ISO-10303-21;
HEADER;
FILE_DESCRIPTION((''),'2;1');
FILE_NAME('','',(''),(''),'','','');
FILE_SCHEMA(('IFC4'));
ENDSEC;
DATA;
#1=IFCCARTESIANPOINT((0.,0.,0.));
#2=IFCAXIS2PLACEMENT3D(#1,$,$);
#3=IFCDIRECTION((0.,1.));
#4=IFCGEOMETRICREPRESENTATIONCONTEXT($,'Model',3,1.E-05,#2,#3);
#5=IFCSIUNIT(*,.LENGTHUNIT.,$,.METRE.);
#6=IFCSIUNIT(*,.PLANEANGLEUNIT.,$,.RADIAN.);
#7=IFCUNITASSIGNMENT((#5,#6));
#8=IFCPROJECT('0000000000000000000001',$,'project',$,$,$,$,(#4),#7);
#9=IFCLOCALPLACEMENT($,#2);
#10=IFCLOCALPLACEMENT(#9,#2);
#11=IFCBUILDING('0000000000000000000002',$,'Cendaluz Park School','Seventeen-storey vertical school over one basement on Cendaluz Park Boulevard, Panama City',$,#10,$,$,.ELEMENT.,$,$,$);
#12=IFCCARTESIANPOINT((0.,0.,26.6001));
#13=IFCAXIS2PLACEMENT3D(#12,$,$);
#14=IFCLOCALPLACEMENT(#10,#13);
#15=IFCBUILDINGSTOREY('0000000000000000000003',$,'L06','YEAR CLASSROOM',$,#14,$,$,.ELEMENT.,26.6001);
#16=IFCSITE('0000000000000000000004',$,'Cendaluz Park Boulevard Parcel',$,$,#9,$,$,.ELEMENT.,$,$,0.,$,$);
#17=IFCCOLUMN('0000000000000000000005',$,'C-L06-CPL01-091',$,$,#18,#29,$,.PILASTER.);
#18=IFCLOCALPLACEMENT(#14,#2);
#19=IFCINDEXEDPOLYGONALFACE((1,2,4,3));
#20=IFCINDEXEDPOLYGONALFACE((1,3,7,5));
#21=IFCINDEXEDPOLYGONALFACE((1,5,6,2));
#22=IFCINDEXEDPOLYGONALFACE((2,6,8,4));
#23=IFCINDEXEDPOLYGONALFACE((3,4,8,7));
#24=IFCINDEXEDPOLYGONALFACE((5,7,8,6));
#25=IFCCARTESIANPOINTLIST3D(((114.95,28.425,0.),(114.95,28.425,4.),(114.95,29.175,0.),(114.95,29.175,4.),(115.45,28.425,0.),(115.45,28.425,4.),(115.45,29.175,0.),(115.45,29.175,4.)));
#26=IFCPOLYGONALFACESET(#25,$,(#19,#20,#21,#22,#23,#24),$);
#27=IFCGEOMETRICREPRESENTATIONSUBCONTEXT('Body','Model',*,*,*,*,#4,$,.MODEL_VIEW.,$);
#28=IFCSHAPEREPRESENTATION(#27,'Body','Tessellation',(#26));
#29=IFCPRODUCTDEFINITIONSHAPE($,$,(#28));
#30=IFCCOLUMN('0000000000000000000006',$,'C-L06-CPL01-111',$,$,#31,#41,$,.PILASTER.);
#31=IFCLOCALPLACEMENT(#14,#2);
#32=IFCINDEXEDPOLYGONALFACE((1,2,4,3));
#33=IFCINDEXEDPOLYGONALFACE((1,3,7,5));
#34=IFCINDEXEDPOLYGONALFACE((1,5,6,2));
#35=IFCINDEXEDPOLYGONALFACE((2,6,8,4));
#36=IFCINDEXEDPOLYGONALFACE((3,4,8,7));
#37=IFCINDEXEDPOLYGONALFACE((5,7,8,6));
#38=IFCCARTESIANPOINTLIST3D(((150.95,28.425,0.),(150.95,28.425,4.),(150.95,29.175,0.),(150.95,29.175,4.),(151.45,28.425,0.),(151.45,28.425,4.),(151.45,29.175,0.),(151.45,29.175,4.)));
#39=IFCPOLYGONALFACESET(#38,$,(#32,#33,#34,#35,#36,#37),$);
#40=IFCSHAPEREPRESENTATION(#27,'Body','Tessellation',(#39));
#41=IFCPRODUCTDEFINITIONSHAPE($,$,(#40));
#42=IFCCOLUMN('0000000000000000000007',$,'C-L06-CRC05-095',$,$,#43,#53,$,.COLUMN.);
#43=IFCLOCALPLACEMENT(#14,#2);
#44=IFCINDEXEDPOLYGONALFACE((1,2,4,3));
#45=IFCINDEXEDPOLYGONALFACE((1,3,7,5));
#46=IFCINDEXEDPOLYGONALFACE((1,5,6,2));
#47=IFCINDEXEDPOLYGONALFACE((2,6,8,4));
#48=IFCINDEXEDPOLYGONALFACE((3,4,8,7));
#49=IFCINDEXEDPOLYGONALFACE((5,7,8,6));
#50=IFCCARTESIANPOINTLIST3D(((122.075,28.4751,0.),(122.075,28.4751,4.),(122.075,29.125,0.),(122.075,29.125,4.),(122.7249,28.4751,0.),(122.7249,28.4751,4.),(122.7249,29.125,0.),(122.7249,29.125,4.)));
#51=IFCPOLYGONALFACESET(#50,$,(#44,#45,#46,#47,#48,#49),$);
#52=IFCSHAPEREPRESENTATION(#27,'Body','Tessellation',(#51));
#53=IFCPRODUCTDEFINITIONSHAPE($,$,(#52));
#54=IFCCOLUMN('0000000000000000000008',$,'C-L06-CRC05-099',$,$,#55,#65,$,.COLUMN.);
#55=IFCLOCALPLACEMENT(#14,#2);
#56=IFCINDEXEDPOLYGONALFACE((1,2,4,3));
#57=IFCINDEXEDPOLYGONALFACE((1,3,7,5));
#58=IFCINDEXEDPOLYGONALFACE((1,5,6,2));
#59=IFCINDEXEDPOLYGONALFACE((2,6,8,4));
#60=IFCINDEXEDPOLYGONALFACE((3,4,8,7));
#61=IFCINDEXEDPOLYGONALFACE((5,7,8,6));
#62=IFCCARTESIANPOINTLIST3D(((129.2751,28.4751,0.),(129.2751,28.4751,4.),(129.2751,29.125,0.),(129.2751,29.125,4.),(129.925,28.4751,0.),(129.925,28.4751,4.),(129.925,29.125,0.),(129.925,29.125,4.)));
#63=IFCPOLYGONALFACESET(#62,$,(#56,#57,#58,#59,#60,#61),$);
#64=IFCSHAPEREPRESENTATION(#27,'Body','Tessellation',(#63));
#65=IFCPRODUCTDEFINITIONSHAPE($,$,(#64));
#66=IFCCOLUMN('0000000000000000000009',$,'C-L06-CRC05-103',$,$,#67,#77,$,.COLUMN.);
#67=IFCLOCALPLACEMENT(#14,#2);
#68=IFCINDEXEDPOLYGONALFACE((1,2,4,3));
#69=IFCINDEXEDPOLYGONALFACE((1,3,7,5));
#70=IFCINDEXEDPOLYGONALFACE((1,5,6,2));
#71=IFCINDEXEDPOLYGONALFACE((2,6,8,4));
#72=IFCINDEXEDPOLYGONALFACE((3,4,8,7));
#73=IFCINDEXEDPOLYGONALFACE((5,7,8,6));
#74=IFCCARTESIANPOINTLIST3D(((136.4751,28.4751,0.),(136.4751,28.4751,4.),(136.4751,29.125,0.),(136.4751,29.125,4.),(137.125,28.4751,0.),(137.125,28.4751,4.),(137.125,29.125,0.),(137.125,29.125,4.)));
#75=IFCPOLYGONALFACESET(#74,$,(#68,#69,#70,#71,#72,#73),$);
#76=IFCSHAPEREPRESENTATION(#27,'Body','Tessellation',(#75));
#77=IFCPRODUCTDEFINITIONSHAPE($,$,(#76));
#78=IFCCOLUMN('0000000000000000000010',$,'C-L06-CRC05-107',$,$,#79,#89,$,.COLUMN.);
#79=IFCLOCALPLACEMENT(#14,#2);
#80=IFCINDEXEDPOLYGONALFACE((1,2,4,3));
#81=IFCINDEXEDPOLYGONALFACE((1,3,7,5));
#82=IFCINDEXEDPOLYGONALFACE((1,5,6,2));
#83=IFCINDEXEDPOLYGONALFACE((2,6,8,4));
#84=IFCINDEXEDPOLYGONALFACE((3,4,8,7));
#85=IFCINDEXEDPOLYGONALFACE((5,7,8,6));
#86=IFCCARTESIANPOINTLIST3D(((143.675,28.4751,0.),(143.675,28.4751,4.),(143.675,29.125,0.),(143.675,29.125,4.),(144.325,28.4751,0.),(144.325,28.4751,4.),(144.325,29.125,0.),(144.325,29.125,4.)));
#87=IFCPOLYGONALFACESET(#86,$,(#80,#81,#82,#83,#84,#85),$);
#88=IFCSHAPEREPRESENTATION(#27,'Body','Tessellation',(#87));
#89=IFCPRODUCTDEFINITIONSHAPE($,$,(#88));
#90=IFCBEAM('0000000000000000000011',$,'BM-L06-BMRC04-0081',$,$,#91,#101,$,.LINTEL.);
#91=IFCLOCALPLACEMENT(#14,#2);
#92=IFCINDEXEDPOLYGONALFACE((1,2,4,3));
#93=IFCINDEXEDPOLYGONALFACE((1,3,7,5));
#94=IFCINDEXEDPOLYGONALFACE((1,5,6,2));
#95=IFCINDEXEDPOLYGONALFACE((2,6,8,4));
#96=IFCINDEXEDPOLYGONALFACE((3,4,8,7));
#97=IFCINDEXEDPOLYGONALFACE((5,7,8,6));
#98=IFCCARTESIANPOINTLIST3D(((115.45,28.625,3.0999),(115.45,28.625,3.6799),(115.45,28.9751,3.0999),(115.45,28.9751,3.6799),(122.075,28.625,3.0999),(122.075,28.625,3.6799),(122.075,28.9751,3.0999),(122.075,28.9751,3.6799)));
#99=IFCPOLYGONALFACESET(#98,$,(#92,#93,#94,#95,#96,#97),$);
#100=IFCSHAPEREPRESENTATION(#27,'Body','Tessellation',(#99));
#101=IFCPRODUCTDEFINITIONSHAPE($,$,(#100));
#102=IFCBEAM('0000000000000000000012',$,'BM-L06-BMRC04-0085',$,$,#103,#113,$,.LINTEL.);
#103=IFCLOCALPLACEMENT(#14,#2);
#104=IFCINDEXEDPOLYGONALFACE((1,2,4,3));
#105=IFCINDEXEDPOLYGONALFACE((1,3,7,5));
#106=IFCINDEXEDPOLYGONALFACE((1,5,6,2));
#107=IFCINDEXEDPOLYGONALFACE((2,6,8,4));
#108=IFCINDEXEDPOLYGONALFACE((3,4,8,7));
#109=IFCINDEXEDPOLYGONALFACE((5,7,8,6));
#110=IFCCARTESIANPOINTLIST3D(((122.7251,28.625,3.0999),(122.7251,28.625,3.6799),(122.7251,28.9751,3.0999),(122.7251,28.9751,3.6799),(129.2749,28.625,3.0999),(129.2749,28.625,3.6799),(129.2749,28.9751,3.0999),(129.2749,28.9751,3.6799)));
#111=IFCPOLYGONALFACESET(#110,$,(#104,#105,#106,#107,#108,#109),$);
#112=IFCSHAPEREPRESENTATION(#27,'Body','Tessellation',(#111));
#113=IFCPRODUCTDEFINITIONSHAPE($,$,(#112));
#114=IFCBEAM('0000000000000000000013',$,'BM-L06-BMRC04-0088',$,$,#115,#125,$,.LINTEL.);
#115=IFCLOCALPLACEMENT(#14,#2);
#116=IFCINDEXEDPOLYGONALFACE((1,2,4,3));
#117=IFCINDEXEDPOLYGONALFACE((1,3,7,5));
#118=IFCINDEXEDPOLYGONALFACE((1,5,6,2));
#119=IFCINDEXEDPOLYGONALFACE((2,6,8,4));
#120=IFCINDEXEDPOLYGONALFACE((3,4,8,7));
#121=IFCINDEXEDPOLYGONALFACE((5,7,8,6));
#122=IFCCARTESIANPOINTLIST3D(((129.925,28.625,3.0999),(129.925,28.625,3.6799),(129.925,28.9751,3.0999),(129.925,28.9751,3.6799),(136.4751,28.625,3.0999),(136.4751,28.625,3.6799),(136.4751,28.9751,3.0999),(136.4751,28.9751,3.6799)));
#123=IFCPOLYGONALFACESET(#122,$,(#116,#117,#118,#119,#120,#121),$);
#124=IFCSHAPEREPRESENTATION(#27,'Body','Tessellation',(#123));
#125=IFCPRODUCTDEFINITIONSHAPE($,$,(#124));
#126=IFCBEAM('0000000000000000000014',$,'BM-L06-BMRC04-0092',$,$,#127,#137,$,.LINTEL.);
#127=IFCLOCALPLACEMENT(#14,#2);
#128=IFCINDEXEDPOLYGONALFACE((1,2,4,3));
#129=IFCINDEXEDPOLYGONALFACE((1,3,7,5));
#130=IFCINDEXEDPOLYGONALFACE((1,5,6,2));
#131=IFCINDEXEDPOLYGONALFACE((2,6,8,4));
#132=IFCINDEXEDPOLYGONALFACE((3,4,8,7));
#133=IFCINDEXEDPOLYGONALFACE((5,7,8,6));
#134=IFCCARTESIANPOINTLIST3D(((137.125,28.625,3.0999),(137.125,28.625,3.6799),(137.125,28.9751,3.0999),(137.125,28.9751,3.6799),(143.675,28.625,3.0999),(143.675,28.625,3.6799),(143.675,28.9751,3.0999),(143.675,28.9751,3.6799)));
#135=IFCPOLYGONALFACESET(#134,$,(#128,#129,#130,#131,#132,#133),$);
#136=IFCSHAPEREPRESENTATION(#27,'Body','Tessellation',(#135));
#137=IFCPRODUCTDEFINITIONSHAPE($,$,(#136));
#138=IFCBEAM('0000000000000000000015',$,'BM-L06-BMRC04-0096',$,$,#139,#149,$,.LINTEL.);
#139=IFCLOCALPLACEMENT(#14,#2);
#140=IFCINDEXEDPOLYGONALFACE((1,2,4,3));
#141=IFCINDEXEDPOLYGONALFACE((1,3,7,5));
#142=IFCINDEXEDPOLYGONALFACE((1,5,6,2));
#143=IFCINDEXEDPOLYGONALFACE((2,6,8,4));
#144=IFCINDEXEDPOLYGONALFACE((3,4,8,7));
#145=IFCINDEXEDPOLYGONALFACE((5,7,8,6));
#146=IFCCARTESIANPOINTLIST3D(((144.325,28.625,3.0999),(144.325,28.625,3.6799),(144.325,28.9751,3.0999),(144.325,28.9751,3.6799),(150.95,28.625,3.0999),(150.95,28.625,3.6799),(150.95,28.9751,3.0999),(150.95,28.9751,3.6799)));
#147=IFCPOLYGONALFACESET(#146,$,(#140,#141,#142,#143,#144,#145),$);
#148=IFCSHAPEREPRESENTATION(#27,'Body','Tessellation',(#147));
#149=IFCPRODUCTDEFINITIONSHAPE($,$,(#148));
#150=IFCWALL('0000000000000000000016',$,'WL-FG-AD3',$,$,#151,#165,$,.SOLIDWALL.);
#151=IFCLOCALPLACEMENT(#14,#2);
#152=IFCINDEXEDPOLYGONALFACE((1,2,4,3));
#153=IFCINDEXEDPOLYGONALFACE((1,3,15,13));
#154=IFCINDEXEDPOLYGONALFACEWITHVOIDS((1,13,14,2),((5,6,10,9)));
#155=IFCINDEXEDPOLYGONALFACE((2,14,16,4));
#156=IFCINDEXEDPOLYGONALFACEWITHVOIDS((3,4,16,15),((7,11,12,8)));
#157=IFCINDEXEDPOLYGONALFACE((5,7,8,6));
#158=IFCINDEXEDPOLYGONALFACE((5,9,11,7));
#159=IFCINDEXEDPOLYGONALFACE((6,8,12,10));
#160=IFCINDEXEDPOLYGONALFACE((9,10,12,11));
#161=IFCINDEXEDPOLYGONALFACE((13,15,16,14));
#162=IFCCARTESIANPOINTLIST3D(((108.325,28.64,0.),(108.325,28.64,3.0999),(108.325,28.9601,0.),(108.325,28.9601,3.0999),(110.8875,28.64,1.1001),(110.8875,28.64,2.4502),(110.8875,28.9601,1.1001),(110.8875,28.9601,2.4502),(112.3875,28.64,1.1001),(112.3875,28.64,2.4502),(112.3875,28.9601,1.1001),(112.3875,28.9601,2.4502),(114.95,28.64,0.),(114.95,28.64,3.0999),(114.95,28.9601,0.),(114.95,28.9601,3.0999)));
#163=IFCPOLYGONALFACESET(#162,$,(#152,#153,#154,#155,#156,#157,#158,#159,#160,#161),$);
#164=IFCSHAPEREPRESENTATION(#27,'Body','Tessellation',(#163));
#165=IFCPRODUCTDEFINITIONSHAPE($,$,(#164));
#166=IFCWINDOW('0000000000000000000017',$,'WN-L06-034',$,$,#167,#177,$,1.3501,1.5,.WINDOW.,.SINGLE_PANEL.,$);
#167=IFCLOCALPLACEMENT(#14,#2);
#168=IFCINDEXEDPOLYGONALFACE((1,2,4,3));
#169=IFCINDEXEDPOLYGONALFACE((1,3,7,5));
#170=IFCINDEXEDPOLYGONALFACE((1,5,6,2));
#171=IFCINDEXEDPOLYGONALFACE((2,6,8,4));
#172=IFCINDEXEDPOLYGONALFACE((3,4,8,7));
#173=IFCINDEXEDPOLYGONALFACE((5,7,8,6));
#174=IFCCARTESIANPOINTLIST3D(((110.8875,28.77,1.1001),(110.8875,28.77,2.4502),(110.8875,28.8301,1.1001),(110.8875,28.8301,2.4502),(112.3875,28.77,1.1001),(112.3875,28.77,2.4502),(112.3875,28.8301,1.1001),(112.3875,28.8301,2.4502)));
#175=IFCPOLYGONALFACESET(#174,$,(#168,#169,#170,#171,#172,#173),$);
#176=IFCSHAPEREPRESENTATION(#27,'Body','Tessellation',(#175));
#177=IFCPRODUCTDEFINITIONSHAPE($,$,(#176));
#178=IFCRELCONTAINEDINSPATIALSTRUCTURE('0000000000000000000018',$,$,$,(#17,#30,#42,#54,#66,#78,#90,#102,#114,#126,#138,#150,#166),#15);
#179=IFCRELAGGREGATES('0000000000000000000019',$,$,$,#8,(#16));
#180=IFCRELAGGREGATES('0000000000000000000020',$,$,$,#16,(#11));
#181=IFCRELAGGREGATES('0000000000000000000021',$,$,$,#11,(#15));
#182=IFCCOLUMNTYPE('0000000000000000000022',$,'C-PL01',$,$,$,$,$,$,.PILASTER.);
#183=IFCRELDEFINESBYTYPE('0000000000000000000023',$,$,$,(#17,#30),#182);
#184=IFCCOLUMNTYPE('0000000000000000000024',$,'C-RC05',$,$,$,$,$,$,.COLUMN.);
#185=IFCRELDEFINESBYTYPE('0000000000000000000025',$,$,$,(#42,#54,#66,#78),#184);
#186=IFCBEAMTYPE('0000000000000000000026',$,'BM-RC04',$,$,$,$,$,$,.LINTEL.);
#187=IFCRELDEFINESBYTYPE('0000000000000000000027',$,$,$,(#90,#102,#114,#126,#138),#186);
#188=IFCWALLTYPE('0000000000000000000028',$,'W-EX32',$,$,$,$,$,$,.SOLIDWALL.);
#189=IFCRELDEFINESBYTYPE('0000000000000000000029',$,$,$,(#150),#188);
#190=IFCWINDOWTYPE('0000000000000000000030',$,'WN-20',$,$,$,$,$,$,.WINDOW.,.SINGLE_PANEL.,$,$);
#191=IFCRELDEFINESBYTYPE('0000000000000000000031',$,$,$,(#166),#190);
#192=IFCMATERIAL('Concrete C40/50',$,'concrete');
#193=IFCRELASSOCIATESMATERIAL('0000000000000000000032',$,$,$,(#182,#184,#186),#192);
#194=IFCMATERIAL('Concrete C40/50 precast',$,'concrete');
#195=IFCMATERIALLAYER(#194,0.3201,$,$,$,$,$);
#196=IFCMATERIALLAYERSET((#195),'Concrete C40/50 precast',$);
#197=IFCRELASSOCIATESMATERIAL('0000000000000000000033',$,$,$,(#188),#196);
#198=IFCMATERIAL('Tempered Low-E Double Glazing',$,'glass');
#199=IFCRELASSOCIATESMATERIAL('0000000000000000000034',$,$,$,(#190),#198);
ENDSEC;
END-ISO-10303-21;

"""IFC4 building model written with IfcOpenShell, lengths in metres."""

from ifc_helpers import new_model, si_unit, direction, frame, frame_2d, origin, origin_2d, place, context, subcontext, project, spatial, rectangle, extrude, material, layer, layer_set, material_profile, profile_set, type_object, element, fill, save


model = new_model("IFC4")

# Units and contexts
model_context = context("Model", 3, precision=1e-05, world=origin(), true_north=direction((0.0, 1.0)))
body_context = subcontext(model_context, "Body", "Model", "MODEL_VIEW")
ifc_project = project(units=[si_unit("LENGTHUNIT", "METRE"), si_unit("PLANEANGLEUNIT", "RADIAN")], contexts=[model_context])

# Site, building, storey
site_placement = place(None, origin())
site = spatial("IfcSite", under=ifc_project, at=site_placement, Name="Cendaluz Park Boulevard Parcel", CompositionType="ELEMENT", RefElevation=0.0)
building_placement = place(site_placement, origin())
building = spatial("IfcBuilding", under=site, at=building_placement, Name="Cendaluz Park School", Description="Seventeen-storey vertical school over one basement on Cendaluz Park Boulevard, Panama City", CompositionType="ELEMENT")
storey_placement = place(building_placement, frame((0.0, 0.0, 26.6001)))
storey = spatial("IfcBuildingStorey", under=building, at=storey_placement, Name="L06", Description="YEAR CLASSROOM", CompositionType="ELEMENT", Elevation=26.6001)

# Columns
ifc_material_1 = material(Name="Concrete C40/50", Category="concrete")
ifc_material_profile_1 = material_profile(ifc_material_1, rectangle(XDim=0.5, YDim=0.75, at=origin_2d()), Name="RC 500x750", Category="concrete")
ifc_profile_set_1 = profile_set([ifc_material_profile_1], Name="Concrete C40/50")
column_type_1 = type_object("IfcColumnType", Name="C-PL01", PredefinedType="PILASTER", material=ifc_profile_set_1)
for number, where, z_axis, x_axis, name in (
    (1, (115.2, 28.8, 0.0), (0.0, 0.0, 1.0), (1.0, 0.0, 0.0), "C-L06-CPL01-091"),
    (2, (151.2, 28.8, 0.0), (0.0, 0.0, 1.0), (1.0, 0.0, 0.0), "C-L06-CPL01-111"),
):
    element("IfcColumn", number, at=place(storey_placement, frame(where, z_axis=z_axis, x_axis=x_axis)), inside=storey, type_object=column_type_1, Name=name, PredefinedType="PILASTER", context=body_context, shape_type="SweptSolid", body=[
        extrude(rectangle(XDim=0.5, YDim=0.75, at=origin_2d()), origin(), (0.0, 0.0, 1.0), 4.0),
    ])
ifc_material_profile_2 = material_profile(ifc_material_1, rectangle(XDim=0.6499, YDim=0.6499, at=origin_2d()), Name="RC 650x650", Category="concrete")
ifc_profile_set_2 = profile_set([ifc_material_profile_2], Name="Concrete C40/50")
column_type_2 = type_object("IfcColumnType", Name="C-RC05", PredefinedType="COLUMN", material=ifc_profile_set_2)
for number, where, z_axis, x_axis, name in (
    (3, (122.3999, 28.8, 0.0), (0.0, 0.0, 1.0), (1.0, 0.0, 0.0), "C-L06-CRC05-095"),
    (4, (129.6001, 28.8, 0.0), (0.0, 0.0, 1.0), (1.0, 0.0, 0.0), "C-L06-CRC05-099"),
    (5, (136.8, 28.8, 0.0), (0.0, 0.0, 1.0), (1.0, 0.0, 0.0), "C-L06-CRC05-103"),
    (6, (144.0, 28.8, 0.0), (0.0, 0.0, 1.0), (1.0, 0.0, 0.0), "C-L06-CRC05-107"),
):
    element("IfcColumn", number, at=place(storey_placement, frame(where, z_axis=z_axis, x_axis=x_axis)), inside=storey, type_object=column_type_2, Name=name, PredefinedType="COLUMN", context=body_context, shape_type="SweptSolid", body=[
        extrude(rectangle(XDim=0.6499, YDim=0.6499, at=origin_2d()), origin(), (0.0, 0.0, 1.0), 4.0),
    ])

# Beams
ifc_material_profile_3 = material_profile(ifc_material_1, rectangle(XDim=0.3501, YDim=0.5801, at=origin_2d()), Name="RC 350x580", Category="concrete")
ifc_profile_set_3 = profile_set([ifc_material_profile_3], Name="Concrete C40/50")
beam_type = type_object("IfcBeamType", Name="BM-RC04", PredefinedType="LINTEL", material=ifc_profile_set_3)
beam_1_placement = place(storey_placement, frame((115.45, 28.8, 3.3899), z_axis=(1.0, 0.0, 0.0), x_axis=(0.0, 1.0, 0.0)))
element("IfcBeam", 7, at=beam_1_placement, inside=storey, type_object=beam_type, Name="BM-L06-BMRC04-0081", PredefinedType="LINTEL", context=body_context, shape_type="SweptSolid", body=[
    extrude(rectangle(XDim=0.3501, YDim=0.5801, at=origin_2d()), origin(), (0.0, 0.0, 1.0), 6.625),
])
beam_2_placement = place(storey_placement, frame((122.7251, 28.8, 3.3899), z_axis=(1.0, 0.0, 0.0), x_axis=(0.0, 1.0, 0.0)))
element("IfcBeam", 8, at=beam_2_placement, inside=storey, type_object=beam_type, Name="BM-L06-BMRC04-0085", PredefinedType="LINTEL", context=body_context, shape_type="SweptSolid", body=[
    extrude(rectangle(XDim=0.3501, YDim=0.5801, at=origin_2d()), origin(), (0.0, 0.0, 1.0), 6.5498),
])
for number, where, z_axis, x_axis, name in (
    (9, (129.925, 28.8, 3.3899), (1.0, 0.0, 0.0), (0.0, 1.0, 0.0), "BM-L06-BMRC04-0088"),
    (10, (137.125, 28.8, 3.3899), (1.0, 0.0, 0.0), (0.0, 1.0, 0.0), "BM-L06-BMRC04-0092"),
):
    element("IfcBeam", number, at=place(storey_placement, frame(where, z_axis=z_axis, x_axis=x_axis)), inside=storey, type_object=beam_type, Name=name, PredefinedType="LINTEL", context=body_context, shape_type="SweptSolid", body=[
        extrude(rectangle(XDim=0.3501, YDim=0.5801, at=origin_2d()), origin(), (0.0, 0.0, 1.0), 6.55),
    ])
beam_3_placement = place(storey_placement, frame((144.325, 28.8, 3.3899), z_axis=(1.0, 0.0, 0.0), x_axis=(0.0, 1.0, 0.0)))
element("IfcBeam", 11, at=beam_3_placement, inside=storey, type_object=beam_type, Name="BM-L06-BMRC04-0096", PredefinedType="LINTEL", context=body_context, shape_type="SweptSolid", body=[
    extrude(rectangle(XDim=0.3501, YDim=0.5801, at=origin_2d()), origin(), (0.0, 0.0, 1.0), 6.625),
])

# Wall, opening, window
ifc_material_2 = material(Name="Concrete C40/50 precast", Category="concrete")
ifc_layer_1 = layer(ifc_material_2, 0.3201)
ifc_layer_set_1 = layer_set([ifc_layer_1], Name="Concrete C40/50 precast")
wall_type_1 = type_object("IfcWallType", Name="W-EX32", PredefinedType="SOLIDWALL", material=ifc_layer_set_1)
wall_1_placement = place(storey_placement, frame((108.325, 28.8, 0.0), z_axis=(0.0, 0.0, 1.0), x_axis=(1.0, 0.0, 0.0)))
wall_1 = element("IfcWall", 12, at=wall_1_placement, inside=storey, type_object=wall_type_1, Name="WL-FG-AD3", PredefinedType="SOLIDWALL", context=body_context, shape_type="SweptSolid", body=[
    extrude(rectangle(XDim=6.625, YDim=0.3201, at=frame_2d((3.3125, 0.0))), origin(), (0.0, 0.0, 1.0), 3.0999),
])
opening_1_placement = place(wall_1_placement, frame((2.5625, 0.0, 1.1001)))
opening_1 = element("IfcOpeningElement", 13, at=opening_1_placement, cuts=wall_1, PredefinedType="OPENING", context=body_context, shape_type="SweptSolid", body=[
    extrude(rectangle(XDim=1.5, YDim=1.3501, at=frame_2d((0.75, 0.675))), frame((0.0, 0.1721, 0.0), z_axis=(0.0, -1.0, 0.0), x_axis=(1.0, 0.0, 0.0)), (0.0, 0.0, 1.0), 0.344),
])
ifc_material_3 = material(Name="Tempered Low-E Double Glazing", Category="glass")
window_type_1 = type_object("IfcWindowType", Name="WN-20", PartitioningType="SINGLE_PANEL", PredefinedType="WINDOW", material=ifc_material_3)
window_1_placement = place(opening_1_placement, origin())
window_1 = element("IfcWindow", 14, at=window_1_placement, inside=storey, type_object=window_type_1, Name="WN-L06-034", OverallHeight=1.3501, OverallWidth=1.5, PartitioningType="SINGLE_PANEL", PredefinedType="WINDOW", context=body_context, shape_type="SweptSolid", body=[
    extrude(rectangle(XDim=1.5, YDim=1.3501, at=frame_2d((0.75, 0.675))), frame((0.0, 0.03, 0.0), z_axis=(0.0, -1.0, 0.0), x_axis=(1.0, 0.0, 0.0)), (0.0, 0.0, 1.0), 0.0601),
])
fill(opening_1, window_1)

save(model, "model.ifc")
